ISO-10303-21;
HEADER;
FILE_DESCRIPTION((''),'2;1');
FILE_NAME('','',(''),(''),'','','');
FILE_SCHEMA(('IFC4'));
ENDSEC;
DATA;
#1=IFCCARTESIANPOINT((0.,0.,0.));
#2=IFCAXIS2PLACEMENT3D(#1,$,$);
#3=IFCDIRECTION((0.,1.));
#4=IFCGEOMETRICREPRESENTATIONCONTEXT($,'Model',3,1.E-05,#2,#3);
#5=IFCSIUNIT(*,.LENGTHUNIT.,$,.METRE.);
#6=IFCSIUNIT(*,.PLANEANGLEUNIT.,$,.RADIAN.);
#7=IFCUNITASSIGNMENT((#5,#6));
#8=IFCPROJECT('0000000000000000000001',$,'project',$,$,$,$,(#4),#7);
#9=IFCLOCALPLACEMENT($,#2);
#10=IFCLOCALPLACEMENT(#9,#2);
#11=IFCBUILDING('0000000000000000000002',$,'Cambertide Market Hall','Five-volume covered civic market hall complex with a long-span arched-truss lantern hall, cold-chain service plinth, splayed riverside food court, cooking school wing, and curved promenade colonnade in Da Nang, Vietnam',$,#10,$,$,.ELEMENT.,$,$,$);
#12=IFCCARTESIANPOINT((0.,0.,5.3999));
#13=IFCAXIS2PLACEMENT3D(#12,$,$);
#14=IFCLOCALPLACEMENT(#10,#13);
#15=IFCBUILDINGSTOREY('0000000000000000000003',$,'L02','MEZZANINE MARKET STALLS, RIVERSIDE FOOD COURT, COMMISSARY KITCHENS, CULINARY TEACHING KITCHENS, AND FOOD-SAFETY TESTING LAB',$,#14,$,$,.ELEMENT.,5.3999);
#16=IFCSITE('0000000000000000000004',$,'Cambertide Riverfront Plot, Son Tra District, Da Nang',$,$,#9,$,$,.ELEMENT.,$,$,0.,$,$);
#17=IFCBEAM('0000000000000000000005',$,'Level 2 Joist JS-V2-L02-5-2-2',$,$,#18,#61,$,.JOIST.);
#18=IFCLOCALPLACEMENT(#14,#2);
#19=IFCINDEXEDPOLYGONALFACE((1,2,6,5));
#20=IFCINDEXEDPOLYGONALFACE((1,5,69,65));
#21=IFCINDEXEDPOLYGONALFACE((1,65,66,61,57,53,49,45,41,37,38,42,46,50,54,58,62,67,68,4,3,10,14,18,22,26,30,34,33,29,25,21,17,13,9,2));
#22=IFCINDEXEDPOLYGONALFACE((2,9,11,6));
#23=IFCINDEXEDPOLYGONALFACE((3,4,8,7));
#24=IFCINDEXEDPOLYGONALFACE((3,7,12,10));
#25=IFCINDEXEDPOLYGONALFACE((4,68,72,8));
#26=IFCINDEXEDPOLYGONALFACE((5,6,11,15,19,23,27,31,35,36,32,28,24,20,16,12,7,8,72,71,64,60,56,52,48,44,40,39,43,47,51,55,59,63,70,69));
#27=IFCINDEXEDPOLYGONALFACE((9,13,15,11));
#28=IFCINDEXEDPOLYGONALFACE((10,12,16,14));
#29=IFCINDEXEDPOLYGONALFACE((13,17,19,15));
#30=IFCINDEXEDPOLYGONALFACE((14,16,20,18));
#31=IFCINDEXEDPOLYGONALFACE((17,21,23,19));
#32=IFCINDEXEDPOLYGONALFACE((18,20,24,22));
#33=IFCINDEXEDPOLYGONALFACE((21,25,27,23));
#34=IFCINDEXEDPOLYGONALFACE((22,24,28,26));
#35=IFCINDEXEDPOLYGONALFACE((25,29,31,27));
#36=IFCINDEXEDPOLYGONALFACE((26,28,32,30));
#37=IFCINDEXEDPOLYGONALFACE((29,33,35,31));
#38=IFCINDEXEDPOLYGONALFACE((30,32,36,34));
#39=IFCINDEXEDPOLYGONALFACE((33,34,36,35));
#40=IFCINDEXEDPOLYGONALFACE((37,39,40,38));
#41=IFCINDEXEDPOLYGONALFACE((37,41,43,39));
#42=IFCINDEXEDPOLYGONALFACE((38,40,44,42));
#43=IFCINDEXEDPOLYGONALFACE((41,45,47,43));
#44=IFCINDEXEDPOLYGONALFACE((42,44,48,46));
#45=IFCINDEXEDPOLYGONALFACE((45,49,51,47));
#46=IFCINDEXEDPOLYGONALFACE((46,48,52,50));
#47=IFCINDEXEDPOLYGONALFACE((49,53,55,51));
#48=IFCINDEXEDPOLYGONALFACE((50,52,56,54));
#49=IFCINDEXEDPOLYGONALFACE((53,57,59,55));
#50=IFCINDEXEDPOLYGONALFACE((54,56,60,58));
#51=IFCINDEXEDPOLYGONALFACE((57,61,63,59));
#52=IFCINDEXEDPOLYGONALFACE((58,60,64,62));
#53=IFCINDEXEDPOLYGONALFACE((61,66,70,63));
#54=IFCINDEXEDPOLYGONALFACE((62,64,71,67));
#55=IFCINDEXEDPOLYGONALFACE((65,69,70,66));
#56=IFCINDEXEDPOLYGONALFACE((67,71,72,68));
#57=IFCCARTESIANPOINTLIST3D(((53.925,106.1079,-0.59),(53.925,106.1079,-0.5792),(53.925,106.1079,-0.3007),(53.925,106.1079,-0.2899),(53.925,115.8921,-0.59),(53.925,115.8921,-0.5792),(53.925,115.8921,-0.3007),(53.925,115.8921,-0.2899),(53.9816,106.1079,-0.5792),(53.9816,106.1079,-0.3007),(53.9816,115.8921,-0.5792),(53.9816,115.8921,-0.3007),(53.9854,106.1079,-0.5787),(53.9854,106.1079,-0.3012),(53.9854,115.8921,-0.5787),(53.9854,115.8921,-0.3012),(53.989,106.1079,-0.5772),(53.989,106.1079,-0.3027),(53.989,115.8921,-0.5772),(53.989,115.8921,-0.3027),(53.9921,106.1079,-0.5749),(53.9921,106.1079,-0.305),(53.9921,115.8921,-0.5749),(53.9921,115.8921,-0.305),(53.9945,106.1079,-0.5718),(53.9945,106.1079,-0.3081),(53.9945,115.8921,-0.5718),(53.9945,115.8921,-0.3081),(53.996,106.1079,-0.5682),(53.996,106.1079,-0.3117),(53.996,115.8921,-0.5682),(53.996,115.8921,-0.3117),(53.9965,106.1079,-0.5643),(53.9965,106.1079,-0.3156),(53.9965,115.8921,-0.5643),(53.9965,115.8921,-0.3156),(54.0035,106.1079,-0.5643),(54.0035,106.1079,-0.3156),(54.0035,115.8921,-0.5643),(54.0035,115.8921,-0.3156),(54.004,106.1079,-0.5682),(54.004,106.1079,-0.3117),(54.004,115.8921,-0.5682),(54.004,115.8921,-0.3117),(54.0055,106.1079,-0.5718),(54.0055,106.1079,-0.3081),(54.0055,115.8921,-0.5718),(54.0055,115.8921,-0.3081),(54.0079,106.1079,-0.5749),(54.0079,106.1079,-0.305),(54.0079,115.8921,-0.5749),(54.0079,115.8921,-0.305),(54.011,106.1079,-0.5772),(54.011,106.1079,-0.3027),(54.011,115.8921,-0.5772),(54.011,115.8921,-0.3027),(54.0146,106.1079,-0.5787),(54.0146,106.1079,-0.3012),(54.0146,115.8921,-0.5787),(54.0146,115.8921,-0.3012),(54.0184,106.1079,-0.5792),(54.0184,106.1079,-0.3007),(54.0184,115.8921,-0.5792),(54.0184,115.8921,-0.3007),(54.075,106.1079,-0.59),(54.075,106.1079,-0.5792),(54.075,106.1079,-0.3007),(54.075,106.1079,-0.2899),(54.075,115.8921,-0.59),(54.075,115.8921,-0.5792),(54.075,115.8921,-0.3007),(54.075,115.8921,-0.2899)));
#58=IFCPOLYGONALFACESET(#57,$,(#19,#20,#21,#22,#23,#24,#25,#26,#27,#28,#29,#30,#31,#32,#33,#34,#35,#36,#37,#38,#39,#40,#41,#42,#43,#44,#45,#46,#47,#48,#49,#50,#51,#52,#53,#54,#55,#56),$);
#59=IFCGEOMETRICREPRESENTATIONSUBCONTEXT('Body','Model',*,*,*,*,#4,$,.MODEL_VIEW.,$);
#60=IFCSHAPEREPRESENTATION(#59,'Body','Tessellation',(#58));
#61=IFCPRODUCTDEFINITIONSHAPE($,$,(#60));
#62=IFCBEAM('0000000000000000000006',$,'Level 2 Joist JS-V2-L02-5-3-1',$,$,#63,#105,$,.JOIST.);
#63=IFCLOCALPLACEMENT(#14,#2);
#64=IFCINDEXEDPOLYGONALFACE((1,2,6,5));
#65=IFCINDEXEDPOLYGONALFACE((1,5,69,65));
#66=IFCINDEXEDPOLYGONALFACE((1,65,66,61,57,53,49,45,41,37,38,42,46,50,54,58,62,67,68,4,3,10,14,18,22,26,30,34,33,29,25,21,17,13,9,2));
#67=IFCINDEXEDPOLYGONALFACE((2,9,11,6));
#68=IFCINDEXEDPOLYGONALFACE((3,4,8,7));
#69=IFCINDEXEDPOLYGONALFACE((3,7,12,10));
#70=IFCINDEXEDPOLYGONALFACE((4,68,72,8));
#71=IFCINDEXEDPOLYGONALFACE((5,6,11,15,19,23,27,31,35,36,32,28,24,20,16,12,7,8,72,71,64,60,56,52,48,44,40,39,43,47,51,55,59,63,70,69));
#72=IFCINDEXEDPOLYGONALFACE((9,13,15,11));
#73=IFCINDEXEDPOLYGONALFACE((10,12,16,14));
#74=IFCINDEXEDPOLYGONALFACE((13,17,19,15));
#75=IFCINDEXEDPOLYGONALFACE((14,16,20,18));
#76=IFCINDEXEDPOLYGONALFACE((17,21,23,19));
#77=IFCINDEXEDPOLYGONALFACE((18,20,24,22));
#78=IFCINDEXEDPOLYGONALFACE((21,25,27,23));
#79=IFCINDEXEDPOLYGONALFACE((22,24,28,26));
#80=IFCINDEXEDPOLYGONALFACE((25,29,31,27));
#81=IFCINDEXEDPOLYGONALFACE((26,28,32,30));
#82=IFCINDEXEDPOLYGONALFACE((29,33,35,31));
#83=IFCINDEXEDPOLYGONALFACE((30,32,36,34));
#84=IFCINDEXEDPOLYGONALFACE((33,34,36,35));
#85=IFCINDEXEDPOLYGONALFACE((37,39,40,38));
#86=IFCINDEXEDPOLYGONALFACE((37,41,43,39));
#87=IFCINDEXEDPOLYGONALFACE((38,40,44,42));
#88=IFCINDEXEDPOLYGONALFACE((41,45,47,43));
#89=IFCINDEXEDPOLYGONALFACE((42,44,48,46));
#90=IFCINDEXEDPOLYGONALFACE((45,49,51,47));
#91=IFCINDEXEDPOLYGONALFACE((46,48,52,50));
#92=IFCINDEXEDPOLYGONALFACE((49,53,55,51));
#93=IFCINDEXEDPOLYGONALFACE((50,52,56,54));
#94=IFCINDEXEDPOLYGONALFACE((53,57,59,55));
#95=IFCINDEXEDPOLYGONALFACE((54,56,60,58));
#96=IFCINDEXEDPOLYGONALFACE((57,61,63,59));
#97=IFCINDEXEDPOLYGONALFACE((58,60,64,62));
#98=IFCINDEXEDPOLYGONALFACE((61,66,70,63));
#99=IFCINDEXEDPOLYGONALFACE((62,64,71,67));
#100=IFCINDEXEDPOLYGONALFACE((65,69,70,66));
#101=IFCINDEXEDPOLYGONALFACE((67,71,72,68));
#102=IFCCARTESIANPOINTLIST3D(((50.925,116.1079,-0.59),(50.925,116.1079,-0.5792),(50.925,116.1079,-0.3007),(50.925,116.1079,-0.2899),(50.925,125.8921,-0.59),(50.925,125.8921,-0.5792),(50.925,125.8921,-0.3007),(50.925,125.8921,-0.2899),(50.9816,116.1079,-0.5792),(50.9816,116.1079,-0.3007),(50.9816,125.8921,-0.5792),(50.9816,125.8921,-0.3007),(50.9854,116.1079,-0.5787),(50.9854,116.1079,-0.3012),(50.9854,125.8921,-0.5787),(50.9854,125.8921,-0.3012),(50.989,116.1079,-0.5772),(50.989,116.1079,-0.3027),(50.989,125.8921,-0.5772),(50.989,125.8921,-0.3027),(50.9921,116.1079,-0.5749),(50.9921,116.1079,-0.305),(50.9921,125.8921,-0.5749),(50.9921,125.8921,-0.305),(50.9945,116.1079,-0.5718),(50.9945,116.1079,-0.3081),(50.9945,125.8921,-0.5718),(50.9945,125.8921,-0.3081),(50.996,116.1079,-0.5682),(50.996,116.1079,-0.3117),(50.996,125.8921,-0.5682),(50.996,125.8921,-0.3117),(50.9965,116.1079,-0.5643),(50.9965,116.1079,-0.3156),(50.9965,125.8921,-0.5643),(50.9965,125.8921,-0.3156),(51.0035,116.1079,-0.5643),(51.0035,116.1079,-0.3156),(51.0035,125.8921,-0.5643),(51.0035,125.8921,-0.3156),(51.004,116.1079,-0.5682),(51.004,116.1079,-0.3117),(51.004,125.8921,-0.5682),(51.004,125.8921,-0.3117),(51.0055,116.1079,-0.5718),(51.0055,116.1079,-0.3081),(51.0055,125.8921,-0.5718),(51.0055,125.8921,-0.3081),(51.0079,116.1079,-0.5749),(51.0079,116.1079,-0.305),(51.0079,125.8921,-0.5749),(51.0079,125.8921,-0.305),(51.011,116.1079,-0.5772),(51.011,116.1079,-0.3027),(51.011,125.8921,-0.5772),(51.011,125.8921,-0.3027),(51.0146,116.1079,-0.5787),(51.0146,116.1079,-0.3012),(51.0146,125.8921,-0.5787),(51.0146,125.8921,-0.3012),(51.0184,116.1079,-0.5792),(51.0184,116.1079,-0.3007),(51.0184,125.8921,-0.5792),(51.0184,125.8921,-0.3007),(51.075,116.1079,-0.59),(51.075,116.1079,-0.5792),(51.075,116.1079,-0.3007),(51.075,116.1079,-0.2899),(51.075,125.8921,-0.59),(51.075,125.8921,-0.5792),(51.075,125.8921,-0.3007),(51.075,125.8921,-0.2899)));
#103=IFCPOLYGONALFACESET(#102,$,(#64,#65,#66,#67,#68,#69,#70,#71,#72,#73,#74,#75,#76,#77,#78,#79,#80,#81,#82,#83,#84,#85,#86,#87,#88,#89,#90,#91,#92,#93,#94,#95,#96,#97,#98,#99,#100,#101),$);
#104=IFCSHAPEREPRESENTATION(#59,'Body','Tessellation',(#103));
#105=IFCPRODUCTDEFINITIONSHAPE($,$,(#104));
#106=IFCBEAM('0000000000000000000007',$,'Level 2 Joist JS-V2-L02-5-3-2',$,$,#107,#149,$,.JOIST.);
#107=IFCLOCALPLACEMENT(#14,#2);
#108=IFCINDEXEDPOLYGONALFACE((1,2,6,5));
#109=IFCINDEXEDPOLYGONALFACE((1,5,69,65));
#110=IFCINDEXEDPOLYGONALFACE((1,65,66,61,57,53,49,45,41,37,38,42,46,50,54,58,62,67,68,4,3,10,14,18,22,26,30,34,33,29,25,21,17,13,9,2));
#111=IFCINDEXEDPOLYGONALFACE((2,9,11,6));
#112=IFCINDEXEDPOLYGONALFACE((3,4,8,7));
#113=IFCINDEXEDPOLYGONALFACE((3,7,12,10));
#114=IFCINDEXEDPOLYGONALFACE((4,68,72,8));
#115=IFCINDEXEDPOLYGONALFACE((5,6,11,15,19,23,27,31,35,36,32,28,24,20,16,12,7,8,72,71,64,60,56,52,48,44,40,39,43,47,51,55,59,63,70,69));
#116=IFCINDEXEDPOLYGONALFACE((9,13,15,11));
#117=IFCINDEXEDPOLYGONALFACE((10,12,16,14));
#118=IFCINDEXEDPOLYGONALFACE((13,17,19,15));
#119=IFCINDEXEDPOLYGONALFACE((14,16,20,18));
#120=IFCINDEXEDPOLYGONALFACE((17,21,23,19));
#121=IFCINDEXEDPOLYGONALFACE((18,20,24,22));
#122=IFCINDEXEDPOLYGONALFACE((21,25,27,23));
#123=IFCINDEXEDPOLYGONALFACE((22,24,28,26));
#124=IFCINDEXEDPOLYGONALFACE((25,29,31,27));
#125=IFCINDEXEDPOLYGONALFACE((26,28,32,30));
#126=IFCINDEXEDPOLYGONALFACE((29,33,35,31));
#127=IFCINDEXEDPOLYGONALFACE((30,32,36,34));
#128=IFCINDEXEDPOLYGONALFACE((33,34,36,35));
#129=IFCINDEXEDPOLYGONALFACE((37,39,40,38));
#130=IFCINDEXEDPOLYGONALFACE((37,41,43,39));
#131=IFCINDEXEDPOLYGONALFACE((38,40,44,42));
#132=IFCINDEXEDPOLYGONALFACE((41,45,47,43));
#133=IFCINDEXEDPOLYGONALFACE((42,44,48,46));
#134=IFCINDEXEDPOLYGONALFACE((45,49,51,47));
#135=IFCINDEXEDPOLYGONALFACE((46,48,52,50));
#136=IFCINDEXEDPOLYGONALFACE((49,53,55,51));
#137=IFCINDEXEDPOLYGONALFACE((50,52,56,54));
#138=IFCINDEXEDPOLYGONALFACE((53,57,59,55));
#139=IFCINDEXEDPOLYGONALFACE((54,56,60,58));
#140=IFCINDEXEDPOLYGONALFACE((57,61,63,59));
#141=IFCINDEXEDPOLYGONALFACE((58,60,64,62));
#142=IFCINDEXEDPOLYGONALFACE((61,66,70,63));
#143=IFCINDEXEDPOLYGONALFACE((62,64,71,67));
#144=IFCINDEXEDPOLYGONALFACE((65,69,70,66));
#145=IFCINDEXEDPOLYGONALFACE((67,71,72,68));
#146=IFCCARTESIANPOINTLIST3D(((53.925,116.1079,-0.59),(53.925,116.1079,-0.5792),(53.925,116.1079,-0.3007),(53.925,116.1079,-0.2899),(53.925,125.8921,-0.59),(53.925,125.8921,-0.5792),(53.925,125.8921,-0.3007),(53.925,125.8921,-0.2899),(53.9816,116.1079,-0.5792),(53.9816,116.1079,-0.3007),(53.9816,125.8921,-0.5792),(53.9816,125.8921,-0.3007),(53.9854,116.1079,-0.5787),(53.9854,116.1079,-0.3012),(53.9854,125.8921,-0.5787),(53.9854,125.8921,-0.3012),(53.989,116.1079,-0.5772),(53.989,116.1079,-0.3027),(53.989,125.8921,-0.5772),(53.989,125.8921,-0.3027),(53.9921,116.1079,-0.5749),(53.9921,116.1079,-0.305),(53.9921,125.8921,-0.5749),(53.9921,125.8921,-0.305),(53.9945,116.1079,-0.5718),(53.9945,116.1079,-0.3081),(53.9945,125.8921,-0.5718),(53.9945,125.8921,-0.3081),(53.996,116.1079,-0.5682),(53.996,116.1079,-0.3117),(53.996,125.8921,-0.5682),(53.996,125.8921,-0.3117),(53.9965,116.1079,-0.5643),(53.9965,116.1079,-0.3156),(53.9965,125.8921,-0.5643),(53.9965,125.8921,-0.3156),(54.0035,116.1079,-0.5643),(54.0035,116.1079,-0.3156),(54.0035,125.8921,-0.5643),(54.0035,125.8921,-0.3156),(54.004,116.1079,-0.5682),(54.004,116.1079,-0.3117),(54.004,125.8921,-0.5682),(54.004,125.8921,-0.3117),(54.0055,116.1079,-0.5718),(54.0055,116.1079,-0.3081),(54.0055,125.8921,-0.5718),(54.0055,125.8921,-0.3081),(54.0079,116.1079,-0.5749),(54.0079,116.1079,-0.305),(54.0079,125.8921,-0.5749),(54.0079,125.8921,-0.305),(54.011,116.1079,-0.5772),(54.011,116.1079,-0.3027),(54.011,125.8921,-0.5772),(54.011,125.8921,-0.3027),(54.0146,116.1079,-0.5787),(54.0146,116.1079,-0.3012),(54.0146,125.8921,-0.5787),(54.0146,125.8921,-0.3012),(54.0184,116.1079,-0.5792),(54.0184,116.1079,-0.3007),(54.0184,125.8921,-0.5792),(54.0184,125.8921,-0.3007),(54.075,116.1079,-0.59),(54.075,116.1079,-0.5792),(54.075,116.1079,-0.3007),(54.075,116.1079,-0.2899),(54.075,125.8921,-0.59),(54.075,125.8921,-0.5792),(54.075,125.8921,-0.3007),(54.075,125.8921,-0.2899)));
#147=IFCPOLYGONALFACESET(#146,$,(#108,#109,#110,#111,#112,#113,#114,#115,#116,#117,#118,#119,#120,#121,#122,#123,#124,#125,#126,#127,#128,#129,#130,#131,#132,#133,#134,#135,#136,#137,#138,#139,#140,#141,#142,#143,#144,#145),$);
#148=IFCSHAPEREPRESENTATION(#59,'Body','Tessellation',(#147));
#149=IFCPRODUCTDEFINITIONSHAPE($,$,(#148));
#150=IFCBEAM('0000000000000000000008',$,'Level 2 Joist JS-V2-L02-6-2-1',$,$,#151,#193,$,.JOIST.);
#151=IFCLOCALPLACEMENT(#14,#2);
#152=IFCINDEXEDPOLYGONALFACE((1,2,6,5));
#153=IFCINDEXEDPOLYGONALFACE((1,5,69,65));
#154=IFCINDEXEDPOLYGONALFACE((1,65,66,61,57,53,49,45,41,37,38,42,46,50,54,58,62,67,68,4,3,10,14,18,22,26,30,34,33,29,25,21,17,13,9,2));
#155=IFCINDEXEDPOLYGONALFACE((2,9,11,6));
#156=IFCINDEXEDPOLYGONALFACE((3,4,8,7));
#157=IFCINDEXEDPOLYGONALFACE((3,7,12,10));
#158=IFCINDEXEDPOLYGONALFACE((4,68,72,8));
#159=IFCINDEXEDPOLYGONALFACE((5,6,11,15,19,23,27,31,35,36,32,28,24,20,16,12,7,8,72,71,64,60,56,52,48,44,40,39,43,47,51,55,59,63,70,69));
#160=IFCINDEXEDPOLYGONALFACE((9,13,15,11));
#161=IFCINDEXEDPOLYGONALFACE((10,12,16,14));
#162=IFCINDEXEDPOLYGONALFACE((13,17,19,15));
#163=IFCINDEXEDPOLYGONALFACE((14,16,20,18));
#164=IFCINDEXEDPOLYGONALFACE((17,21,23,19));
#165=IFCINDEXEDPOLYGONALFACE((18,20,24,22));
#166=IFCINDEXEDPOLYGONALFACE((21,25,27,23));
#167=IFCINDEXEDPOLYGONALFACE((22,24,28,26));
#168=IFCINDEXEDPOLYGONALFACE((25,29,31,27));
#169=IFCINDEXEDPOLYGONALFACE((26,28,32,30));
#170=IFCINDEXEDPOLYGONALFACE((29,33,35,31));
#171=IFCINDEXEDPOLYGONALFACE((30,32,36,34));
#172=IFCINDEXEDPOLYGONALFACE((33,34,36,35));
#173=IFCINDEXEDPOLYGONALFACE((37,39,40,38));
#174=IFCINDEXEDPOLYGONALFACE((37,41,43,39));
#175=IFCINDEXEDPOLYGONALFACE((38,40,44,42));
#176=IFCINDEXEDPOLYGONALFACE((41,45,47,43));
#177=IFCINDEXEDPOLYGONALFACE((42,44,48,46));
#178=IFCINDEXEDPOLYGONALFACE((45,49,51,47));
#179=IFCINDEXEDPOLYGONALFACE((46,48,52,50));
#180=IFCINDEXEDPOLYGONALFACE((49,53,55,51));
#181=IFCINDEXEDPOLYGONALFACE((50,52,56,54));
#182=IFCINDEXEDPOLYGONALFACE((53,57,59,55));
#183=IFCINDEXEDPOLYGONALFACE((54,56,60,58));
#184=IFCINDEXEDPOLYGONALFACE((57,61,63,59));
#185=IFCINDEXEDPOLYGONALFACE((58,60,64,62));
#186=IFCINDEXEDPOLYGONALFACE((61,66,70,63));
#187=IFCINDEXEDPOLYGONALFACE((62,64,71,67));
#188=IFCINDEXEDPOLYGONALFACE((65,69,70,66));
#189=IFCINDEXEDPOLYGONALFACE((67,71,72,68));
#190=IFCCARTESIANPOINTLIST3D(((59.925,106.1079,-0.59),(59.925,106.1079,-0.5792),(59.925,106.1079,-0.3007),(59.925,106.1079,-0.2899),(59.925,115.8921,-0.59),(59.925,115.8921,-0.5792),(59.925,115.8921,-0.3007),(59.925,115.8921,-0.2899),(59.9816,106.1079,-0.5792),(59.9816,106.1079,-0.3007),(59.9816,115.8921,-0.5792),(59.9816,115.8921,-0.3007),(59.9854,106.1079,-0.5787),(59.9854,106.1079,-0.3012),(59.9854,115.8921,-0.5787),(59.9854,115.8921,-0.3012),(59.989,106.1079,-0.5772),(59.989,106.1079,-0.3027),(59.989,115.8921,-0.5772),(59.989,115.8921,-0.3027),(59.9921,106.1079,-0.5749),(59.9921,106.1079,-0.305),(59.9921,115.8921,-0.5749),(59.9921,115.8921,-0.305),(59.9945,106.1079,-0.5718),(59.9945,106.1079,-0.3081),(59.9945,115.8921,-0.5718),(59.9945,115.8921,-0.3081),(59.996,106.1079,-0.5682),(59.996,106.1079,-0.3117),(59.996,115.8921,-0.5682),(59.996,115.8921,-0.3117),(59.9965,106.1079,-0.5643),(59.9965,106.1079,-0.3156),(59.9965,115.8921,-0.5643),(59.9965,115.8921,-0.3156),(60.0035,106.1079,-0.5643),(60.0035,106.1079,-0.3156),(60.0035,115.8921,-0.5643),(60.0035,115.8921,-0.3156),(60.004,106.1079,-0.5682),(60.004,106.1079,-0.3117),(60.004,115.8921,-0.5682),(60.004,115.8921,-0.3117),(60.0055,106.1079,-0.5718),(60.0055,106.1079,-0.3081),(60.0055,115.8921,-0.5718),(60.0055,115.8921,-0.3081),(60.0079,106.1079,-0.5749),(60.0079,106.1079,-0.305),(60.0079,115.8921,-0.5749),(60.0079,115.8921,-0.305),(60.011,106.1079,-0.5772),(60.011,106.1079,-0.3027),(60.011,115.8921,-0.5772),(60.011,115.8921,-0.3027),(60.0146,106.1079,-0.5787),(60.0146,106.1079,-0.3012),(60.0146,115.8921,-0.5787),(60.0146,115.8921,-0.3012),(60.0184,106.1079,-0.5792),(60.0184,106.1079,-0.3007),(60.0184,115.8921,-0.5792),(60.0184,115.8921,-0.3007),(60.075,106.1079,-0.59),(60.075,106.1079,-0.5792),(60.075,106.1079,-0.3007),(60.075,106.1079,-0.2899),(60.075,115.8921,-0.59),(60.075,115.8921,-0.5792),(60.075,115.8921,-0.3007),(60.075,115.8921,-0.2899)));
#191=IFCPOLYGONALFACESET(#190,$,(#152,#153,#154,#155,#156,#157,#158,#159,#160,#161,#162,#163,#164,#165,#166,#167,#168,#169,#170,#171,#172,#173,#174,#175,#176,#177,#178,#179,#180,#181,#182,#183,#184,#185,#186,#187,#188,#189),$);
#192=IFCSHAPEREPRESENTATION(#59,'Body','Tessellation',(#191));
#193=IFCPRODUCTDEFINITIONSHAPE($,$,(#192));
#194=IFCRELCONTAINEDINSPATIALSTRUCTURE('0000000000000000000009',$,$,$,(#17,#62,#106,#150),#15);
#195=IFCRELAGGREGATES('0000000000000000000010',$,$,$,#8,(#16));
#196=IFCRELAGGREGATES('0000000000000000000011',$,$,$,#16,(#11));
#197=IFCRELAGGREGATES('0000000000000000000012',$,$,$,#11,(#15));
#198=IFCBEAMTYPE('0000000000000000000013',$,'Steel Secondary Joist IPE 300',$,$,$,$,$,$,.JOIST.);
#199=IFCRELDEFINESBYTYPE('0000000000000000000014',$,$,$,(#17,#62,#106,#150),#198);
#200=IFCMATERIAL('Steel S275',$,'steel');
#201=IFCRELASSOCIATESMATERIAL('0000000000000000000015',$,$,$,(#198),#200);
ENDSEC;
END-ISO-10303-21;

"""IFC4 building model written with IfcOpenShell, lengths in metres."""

from ifc_helpers import new_model, si_unit, direction, frame, origin, origin_2d, place, context, subcontext, project, spatial, i_section, extrude, material, material_profile, profile_set, type_object, element, save


model = new_model("IFC4")

# Units and contexts
model_context = context("Model", 3, precision=1e-05, world=origin(), true_north=direction((0.0, 1.0)))
body_context = subcontext(model_context, "Body", "Model", "MODEL_VIEW")
ifc_project = project(units=[si_unit("LENGTHUNIT", "METRE"), si_unit("PLANEANGLEUNIT", "RADIAN")], contexts=[model_context])

# Site, building, storey
site_placement = place(None, origin())
site = spatial("IfcSite", under=ifc_project, at=site_placement, Name="Cambertide Riverfront Plot, Son Tra District, Da Nang", CompositionType="ELEMENT", RefElevation=0.0)
building_placement = place(site_placement, origin())
building = spatial("IfcBuilding", under=site, at=building_placement, Name="Cambertide Market Hall", Description="Five-volume covered civic market hall complex with a long-span arched-truss lantern hall, cold-chain service plinth, splayed riverside food court, cooking school wing, and curved promenade colonnade in Da Nang, Vietnam", CompositionType="ELEMENT")
storey_placement = place(building_placement, frame((0.0, 0.0, 5.3999)))
storey = spatial("IfcBuildingStorey", under=building, at=storey_placement, Name="L02", Description="MEZZANINE MARKET STALLS, RIVERSIDE FOOD COURT, COMMISSARY KITCHENS, CULINARY TEACHING KITCHENS, AND FOOD-SAFETY TESTING LAB", CompositionType="ELEMENT", Elevation=5.3999)

# Beams
ifc_material_1 = material(Name="Steel S275", Category="steel")
ifc_material_profile_1 = material_profile(ifc_material_1, i_section(OverallWidth=0.1499, OverallDepth=0.3, WebThickness=0.0071, FlangeThickness=0.0107, FilletRadius=0.0149, at=origin_2d()), Name="IPE 300")
ifc_profile_set_1 = profile_set([ifc_material_profile_1], Name="Steel S275")
beam_type_1 = type_object("IfcBeamType", Name="Steel Secondary Joist IPE 300", PredefinedType="JOIST", material=ifc_profile_set_1)
for number, where, z_axis, x_axis, name in (
    (1, (54.0, 106.1079, -0.4399), (0.0, 1.0, 0.0), (-1.0, 0.0, 0.0), "Level 2 Joist JS-V2-L02-5-2-2"),
    (2, (51.0, 116.1079, -0.4399), (0.0, 1.0, 0.0), (-1.0, 0.0, 0.0), "Level 2 Joist JS-V2-L02-5-3-1"),
    (3, (54.0, 116.1079, -0.4399), (0.0, 1.0, 0.0), (-1.0, 0.0, 0.0), "Level 2 Joist JS-V2-L02-5-3-2"),
    (4, (60.0, 106.1079, -0.4399), (0.0, 1.0, 0.0), (-1.0, 0.0, 0.0), "Level 2 Joist JS-V2-L02-6-2-1"),
):
    element("IfcBeam", number, at=place(storey_placement, frame(where, z_axis=z_axis, x_axis=x_axis)), inside=storey, type_object=beam_type_1, Name=name, PredefinedType="JOIST", context=body_context, shape_type="SweptSolid", body=[
        extrude(i_section(OverallWidth=0.1499, OverallDepth=0.3, WebThickness=0.0071, FlangeThickness=0.0107, FilletRadius=0.0149, at=origin_2d()), origin(), (0.0, 0.0, 1.0), 9.7842),
    ])

save(model, "model.ifc")
